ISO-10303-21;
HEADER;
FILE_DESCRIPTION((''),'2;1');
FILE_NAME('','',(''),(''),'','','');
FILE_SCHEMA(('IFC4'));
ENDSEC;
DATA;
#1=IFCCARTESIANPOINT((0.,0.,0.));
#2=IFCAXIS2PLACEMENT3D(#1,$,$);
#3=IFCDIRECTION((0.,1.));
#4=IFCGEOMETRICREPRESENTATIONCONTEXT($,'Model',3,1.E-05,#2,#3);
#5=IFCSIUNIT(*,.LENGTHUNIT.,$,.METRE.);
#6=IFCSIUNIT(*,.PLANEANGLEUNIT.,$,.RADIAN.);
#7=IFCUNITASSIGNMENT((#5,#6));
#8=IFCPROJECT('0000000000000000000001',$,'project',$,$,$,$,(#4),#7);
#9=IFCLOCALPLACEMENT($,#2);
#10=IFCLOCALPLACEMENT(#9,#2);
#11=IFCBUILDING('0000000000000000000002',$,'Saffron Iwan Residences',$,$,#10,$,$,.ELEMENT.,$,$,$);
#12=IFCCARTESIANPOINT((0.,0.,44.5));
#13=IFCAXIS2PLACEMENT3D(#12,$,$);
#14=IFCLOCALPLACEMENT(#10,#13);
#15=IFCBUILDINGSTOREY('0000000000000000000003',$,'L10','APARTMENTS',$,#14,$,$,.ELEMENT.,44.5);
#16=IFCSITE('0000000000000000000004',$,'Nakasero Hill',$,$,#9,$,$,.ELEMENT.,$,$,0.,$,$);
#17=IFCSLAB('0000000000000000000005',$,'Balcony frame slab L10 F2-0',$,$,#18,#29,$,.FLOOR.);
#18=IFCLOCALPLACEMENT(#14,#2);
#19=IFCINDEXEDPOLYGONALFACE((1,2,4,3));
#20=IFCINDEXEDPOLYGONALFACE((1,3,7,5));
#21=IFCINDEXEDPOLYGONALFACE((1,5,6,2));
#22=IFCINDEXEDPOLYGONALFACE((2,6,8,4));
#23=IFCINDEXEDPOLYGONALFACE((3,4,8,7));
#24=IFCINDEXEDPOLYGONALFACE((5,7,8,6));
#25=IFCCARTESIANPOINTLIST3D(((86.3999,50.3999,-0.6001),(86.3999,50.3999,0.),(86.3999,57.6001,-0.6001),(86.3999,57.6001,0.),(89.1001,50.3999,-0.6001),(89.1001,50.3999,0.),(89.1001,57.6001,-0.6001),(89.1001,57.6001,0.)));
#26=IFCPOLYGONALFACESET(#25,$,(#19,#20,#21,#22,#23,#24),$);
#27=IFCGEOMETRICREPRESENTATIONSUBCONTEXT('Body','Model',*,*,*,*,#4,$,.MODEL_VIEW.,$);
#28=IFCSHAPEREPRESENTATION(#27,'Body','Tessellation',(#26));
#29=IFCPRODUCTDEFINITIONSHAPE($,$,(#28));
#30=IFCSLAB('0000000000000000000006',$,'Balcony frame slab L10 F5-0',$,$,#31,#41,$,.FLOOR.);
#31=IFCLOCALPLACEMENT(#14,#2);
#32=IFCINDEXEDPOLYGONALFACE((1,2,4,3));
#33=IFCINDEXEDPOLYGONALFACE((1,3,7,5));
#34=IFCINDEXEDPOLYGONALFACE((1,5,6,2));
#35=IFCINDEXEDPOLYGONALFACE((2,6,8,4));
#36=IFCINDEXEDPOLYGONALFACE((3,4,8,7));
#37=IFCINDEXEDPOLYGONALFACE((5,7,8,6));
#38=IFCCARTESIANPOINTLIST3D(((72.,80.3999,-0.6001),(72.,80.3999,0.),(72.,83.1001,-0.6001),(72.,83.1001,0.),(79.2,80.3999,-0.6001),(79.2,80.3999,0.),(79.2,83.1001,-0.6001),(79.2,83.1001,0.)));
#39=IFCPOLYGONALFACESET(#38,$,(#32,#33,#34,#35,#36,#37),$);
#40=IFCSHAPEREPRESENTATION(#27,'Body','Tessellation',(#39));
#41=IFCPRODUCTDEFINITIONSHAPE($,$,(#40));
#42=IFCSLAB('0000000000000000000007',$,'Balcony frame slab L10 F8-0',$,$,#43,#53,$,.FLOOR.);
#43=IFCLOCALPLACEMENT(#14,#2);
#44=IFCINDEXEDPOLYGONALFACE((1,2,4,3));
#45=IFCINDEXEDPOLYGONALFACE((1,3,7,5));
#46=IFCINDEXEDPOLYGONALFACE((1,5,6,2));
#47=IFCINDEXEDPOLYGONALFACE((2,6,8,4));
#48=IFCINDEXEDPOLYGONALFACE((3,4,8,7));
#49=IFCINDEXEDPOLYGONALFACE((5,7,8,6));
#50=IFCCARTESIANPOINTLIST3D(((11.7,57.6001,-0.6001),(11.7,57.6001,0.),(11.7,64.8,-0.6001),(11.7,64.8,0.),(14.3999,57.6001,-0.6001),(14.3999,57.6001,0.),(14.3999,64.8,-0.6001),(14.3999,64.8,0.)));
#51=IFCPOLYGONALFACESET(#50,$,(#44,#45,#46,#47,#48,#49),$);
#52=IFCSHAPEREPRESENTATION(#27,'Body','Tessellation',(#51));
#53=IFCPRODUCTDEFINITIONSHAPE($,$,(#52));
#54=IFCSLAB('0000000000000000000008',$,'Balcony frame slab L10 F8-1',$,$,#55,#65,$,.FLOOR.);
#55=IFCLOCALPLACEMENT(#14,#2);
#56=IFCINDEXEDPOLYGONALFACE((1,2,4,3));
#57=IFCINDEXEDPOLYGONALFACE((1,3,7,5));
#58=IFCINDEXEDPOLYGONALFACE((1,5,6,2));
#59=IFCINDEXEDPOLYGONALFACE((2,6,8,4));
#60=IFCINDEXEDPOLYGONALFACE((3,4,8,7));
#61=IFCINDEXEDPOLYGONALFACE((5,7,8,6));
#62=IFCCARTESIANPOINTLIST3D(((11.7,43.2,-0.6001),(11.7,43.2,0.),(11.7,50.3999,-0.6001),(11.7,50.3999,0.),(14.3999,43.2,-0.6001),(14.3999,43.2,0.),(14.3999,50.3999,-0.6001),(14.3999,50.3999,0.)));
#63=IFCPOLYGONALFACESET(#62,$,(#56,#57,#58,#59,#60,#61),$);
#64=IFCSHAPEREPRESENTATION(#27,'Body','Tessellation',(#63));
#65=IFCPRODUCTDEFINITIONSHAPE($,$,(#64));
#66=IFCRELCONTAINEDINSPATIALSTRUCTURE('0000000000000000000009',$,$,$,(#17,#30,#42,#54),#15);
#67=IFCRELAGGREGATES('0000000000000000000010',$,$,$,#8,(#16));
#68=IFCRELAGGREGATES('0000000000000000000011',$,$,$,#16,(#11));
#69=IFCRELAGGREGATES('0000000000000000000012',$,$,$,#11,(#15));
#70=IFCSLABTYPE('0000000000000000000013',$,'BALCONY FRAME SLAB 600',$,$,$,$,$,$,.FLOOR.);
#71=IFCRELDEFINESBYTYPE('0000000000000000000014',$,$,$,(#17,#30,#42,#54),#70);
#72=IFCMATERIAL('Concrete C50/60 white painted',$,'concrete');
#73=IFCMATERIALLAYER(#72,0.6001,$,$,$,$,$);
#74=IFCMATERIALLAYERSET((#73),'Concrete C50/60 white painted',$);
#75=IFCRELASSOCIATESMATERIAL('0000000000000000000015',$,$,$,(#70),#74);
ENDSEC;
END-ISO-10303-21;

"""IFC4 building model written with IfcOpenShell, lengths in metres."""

from ifc_helpers import new_model, si_unit, direction, frame, origin, place, context, subcontext, project, spatial, polyline, outline, extrude, material, layer, layer_set, type_object, element, save


model = new_model("IFC4")

# Units and contexts
model_context = context("Model", 3, precision=1e-05, world=origin(), true_north=direction((0.0, 1.0)))
body_context = subcontext(model_context, "Body", "Model", "MODEL_VIEW")
ifc_project = project(units=[si_unit("LENGTHUNIT", "METRE"), si_unit("PLANEANGLEUNIT", "RADIAN")], contexts=[model_context])

# Site, building, storey
site_placement = place(None, origin())
site = spatial("IfcSite", under=ifc_project, at=site_placement, Name="Nakasero Hill", CompositionType="ELEMENT", RefElevation=0.0)
building_placement = place(site_placement, origin())
building = spatial("IfcBuilding", under=site, at=building_placement, Name="Saffron Iwan Residences", CompositionType="ELEMENT")
storey_placement = place(building_placement, frame((0.0, 0.0, 44.5)))
storey = spatial("IfcBuildingStorey", under=building, at=storey_placement, Name="L10", Description="APARTMENTS", CompositionType="ELEMENT", Elevation=44.5)

# Slabs
ifc_material_1 = material(Name="Concrete C50/60 white painted", Category="concrete")
ifc_layer_1 = layer(ifc_material_1, 0.6001)
ifc_layer_set_1 = layer_set([ifc_layer_1], Name="Concrete C50/60 white painted")
slab_type_1 = type_object("IfcSlabType", Name="BALCONY FRAME SLAB 600", PredefinedType="FLOOR", material=ifc_layer_set_1)
slab_1_placement = place(storey_placement, frame((0.0, 0.0, -0.6001)))
element("IfcSlab", 1, at=slab_1_placement, inside=storey, type_object=slab_type_1, Name="Balcony frame slab L10 F2-0", PredefinedType="FLOOR", context=body_context, shape_type="SweptSolid", body=[
    extrude(outline(polyline([(89.1001, 50.3999), (89.1001, 57.6001), (86.3999, 57.6001), (86.3999, 50.3999), (89.1001, 50.3999)])), origin(), (0.0, 0.0, 1.0), 0.6001),
])
slab_2_placement = place(storey_placement, frame((0.0, 0.0, -0.6001)))
element("IfcSlab", 2, at=slab_2_placement, inside=storey, type_object=slab_type_1, Name="Balcony frame slab L10 F5-0", PredefinedType="FLOOR", context=body_context, shape_type="SweptSolid", body=[
    extrude(outline(polyline([(79.2, 83.1001), (72.0, 83.1001), (72.0, 80.3999), (79.2, 80.3999), (79.2, 83.1001)])), origin(), (0.0, 0.0, 1.0), 0.6001),
])
slab_3_placement = place(storey_placement, frame((0.0, 0.0, -0.6001)))
element("IfcSlab", 3, at=slab_3_placement, inside=storey, type_object=slab_type_1, Name="Balcony frame slab L10 F8-0", PredefinedType="FLOOR", context=body_context, shape_type="SweptSolid", body=[
    extrude(outline(polyline([(11.7, 64.8), (11.7, 57.6001), (14.3999, 57.6001), (14.3999, 64.8), (11.7, 64.8)])), origin(), (0.0, 0.0, 1.0), 0.6001),
])
slab_4_placement = place(storey_placement, frame((0.0, 0.0, -0.6001)))
element("IfcSlab", 4, at=slab_4_placement, inside=storey, type_object=slab_type_1, Name="Balcony frame slab L10 F8-1", PredefinedType="FLOOR", context=body_context, shape_type="SweptSolid", body=[
    extrude(outline(polyline([(11.7, 50.3999), (11.7, 43.2), (14.3999, 43.2), (14.3999, 50.3999), (11.7, 50.3999)])), origin(), (0.0, 0.0, 1.0), 0.6001),
])

save(model, "model.ifc")
